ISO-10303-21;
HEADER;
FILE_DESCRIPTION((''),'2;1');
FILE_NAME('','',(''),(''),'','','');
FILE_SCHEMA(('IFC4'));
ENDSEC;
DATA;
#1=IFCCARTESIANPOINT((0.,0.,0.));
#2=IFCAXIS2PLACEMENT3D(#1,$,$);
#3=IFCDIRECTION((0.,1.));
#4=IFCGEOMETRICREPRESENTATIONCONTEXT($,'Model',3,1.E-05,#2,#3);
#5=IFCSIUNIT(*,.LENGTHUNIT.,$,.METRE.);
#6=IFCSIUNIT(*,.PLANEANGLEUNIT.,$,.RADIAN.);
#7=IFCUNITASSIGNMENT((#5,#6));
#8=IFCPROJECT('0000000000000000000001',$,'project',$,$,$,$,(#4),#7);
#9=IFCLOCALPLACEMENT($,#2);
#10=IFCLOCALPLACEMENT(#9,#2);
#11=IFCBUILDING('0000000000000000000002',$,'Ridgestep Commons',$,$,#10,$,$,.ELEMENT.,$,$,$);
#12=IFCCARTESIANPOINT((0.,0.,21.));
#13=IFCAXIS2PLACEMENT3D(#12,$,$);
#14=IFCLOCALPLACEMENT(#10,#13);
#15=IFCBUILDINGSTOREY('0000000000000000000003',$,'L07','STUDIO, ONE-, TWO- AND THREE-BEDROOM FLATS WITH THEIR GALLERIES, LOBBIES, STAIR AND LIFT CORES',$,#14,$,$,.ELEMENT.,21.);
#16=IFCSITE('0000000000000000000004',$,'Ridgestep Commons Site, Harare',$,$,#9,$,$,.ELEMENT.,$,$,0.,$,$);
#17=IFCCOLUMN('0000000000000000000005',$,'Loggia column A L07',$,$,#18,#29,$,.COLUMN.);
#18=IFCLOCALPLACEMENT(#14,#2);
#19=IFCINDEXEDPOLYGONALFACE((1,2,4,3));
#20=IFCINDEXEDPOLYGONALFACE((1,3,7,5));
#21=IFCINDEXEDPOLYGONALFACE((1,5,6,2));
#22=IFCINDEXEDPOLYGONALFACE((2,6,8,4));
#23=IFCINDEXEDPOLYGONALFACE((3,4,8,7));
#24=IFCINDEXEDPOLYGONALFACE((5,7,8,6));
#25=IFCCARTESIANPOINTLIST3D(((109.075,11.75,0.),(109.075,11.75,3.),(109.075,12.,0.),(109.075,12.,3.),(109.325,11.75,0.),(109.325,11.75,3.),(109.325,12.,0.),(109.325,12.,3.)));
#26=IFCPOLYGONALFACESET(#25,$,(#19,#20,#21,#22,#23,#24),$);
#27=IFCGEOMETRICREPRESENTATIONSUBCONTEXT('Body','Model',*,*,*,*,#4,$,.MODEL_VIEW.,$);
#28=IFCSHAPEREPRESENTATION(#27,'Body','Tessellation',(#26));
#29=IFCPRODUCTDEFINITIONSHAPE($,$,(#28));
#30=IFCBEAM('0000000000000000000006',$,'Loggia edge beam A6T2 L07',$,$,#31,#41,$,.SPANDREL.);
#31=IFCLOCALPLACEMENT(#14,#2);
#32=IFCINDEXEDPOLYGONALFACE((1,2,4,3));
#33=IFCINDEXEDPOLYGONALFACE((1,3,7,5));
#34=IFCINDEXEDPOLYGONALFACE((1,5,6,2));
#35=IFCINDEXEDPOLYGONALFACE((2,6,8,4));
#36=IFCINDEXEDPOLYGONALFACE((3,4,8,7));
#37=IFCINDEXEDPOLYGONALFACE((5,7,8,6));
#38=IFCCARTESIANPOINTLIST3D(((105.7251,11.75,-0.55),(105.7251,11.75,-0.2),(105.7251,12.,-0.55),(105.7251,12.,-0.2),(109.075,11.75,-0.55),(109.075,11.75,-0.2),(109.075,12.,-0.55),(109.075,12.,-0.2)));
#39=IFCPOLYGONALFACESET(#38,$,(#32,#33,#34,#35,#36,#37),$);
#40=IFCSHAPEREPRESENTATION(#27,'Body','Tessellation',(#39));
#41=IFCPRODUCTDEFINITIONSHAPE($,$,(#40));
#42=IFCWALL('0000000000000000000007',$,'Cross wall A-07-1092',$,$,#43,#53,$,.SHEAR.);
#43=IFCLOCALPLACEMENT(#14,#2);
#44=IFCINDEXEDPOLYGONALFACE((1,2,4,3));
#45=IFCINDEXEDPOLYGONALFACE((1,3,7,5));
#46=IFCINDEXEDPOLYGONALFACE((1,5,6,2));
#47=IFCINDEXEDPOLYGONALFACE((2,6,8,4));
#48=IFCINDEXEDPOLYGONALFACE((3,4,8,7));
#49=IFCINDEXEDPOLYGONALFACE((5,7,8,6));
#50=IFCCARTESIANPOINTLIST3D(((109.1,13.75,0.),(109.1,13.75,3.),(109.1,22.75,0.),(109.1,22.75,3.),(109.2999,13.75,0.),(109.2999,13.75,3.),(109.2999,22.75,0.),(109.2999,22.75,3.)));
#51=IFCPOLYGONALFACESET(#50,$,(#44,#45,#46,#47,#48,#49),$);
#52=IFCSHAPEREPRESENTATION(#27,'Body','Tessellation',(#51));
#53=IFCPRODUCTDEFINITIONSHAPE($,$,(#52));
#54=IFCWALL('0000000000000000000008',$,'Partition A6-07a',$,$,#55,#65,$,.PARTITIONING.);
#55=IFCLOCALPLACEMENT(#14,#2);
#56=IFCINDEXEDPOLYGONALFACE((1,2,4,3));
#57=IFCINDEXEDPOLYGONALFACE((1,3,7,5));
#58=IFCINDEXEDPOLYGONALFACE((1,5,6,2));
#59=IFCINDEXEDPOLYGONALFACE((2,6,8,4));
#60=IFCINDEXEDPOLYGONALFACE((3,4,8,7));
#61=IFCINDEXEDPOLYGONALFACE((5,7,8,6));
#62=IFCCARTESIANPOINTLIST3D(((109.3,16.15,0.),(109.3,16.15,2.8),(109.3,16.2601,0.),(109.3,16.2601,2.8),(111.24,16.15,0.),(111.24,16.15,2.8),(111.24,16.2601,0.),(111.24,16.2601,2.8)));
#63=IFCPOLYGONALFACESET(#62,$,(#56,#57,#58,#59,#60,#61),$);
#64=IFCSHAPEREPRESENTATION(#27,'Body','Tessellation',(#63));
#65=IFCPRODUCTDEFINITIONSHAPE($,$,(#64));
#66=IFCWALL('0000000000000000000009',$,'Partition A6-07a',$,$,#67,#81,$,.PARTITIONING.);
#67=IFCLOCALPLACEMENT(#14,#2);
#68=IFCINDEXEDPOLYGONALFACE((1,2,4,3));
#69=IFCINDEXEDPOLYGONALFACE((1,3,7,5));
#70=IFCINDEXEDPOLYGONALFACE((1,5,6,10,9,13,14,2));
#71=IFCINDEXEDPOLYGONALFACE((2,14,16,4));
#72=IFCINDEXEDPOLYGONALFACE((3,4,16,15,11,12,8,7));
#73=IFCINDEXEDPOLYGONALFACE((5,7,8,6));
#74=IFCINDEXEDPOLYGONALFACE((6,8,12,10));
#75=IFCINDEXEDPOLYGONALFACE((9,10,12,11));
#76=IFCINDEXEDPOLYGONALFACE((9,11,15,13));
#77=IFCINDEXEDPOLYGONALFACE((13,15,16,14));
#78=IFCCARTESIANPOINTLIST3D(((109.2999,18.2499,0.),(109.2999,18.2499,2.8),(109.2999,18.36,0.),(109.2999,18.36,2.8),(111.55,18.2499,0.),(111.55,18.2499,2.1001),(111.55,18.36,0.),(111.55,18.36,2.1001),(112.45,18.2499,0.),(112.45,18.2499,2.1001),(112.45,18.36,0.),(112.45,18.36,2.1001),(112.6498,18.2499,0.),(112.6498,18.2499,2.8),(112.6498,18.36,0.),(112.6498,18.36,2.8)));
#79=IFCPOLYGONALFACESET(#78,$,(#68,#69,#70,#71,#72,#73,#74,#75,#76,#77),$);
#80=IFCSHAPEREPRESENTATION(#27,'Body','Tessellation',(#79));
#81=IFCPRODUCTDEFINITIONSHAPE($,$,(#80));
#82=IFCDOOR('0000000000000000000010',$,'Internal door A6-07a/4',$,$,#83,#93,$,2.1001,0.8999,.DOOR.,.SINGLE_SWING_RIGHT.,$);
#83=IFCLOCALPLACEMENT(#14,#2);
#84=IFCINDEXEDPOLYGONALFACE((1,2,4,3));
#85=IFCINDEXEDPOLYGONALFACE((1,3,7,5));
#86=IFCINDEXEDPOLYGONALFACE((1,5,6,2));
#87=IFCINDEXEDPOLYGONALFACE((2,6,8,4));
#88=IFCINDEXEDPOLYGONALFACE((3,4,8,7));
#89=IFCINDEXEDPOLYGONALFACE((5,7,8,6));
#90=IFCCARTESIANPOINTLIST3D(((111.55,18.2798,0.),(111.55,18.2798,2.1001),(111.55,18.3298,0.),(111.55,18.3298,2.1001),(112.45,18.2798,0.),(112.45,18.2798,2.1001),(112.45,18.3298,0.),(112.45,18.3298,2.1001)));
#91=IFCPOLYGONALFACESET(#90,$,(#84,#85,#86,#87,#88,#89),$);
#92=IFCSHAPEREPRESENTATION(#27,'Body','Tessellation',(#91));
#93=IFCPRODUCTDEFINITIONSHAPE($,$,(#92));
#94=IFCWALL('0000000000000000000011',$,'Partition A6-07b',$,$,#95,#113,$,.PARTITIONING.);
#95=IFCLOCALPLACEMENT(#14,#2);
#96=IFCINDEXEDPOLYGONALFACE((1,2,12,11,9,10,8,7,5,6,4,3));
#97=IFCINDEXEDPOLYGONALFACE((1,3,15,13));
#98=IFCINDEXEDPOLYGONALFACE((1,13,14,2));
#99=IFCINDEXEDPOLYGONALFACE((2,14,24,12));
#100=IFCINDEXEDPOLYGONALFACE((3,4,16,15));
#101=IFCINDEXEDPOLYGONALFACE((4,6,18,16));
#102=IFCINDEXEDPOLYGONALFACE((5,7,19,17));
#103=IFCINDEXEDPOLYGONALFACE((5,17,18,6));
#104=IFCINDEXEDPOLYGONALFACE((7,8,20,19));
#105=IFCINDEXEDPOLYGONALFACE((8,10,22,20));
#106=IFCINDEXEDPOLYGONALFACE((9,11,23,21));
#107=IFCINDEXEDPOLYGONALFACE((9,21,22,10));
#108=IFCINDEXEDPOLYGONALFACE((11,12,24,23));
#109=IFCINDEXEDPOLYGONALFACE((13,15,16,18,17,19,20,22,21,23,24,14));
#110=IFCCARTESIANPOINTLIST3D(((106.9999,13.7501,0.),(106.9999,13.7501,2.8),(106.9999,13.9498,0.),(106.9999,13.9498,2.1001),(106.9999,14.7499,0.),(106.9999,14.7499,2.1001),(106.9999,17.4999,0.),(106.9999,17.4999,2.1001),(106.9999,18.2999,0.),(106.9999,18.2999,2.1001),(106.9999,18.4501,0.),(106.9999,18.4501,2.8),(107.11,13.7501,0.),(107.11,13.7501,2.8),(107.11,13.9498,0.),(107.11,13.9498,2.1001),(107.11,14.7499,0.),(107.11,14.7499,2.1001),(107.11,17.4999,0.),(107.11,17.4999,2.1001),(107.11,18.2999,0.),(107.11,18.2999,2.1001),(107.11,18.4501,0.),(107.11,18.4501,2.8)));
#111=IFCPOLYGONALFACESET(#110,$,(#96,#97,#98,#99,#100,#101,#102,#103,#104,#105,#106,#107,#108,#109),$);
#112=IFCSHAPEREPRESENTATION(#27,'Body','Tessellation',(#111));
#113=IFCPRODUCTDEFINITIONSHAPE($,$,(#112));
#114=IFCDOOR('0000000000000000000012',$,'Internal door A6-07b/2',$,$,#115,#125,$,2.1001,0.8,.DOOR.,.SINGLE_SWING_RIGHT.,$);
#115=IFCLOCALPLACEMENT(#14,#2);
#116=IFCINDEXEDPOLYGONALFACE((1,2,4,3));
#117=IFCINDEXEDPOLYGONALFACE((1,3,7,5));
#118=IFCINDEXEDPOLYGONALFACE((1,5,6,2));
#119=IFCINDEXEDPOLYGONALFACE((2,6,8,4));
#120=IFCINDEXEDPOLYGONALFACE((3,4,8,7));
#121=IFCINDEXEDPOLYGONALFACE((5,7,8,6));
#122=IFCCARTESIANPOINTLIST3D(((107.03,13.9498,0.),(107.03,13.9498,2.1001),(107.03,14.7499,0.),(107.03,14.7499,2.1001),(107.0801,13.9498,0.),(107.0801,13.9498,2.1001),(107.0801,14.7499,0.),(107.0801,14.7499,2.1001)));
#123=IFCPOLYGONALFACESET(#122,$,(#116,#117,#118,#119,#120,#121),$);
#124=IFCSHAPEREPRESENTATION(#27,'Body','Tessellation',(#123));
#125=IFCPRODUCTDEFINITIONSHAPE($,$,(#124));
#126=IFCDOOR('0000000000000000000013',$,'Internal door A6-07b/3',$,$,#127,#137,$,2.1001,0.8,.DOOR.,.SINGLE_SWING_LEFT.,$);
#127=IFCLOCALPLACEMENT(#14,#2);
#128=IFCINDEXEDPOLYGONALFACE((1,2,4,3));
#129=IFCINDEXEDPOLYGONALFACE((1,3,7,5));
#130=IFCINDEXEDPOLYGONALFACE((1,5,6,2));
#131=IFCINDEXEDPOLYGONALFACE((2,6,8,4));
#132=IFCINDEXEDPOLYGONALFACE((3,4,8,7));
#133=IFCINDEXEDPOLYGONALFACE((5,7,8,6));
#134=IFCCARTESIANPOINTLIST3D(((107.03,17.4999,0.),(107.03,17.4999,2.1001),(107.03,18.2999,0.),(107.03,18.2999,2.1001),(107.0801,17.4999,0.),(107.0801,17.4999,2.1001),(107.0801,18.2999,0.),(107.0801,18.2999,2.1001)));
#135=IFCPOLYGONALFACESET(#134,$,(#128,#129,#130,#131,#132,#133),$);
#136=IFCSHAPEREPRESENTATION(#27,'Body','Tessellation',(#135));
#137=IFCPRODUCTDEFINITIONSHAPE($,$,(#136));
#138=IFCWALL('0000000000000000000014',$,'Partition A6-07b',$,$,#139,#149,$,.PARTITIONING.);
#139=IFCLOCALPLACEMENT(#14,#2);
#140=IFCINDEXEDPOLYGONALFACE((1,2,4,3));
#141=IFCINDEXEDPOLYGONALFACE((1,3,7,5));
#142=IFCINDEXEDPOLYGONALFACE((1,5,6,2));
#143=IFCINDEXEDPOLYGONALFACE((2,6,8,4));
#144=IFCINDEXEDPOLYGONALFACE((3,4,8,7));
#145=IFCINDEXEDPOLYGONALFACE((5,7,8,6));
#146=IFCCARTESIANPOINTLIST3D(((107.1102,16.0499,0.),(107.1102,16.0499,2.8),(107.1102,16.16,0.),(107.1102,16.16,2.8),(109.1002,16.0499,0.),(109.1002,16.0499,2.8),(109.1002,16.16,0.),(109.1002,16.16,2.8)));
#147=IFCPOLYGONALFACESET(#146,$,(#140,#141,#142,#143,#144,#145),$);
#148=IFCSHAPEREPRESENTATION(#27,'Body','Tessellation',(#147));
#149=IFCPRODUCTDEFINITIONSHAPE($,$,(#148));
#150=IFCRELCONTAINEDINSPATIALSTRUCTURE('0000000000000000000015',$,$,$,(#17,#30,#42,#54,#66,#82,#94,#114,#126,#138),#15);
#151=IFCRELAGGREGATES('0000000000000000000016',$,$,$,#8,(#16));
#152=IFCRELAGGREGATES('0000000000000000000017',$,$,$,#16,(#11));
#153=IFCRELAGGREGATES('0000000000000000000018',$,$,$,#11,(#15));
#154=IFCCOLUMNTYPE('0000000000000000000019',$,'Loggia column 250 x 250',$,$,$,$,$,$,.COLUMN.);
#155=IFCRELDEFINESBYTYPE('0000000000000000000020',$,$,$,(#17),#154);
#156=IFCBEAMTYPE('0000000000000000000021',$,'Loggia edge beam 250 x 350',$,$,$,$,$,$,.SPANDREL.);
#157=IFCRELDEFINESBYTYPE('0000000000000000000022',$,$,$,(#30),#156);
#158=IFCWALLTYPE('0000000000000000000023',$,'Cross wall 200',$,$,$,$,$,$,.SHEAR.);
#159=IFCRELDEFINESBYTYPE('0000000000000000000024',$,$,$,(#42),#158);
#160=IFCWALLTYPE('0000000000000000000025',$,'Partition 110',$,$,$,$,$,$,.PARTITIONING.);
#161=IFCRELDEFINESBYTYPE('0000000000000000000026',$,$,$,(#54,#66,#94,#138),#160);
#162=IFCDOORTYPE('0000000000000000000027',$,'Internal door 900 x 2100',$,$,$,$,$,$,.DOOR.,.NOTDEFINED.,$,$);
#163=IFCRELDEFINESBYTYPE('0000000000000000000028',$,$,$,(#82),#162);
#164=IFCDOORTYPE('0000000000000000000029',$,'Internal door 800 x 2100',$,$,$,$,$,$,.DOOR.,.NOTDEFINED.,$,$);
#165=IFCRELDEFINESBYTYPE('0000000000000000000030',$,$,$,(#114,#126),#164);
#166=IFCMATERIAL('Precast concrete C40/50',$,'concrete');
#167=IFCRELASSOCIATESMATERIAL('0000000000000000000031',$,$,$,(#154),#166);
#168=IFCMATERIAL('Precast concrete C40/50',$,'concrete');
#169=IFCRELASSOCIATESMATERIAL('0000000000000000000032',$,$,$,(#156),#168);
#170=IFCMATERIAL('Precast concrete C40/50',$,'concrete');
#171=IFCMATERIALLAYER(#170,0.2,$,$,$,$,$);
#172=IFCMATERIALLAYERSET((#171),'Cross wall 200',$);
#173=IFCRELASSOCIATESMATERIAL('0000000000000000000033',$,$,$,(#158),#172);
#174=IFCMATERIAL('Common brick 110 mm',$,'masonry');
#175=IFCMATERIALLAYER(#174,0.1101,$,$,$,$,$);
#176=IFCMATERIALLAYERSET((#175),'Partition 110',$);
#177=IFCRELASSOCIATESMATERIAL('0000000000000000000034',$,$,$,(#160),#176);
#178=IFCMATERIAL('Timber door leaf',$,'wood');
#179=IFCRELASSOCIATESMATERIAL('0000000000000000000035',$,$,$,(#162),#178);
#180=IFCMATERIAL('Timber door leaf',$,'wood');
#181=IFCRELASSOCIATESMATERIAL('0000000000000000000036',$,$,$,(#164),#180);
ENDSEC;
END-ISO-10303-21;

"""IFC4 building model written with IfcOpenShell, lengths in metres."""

from ifc_helpers import new_model, si_unit, direction, frame, frame_2d, origin, origin_2d, place, context, subcontext, project, spatial, rectangle, extrude, material, layer, layer_set, material_profile, profile_set, type_object, element, fill, save


model = new_model("IFC4")

# Units and contexts
model_context = context("Model", 3, precision=1e-05, world=origin(), true_north=direction((0.0, 1.0)))
body_context = subcontext(model_context, "Body", "Model", "MODEL_VIEW")
ifc_project = project(units=[si_unit("LENGTHUNIT", "METRE"), si_unit("PLANEANGLEUNIT", "RADIAN")], contexts=[model_context])

# Site, building, storey
site_placement = place(None, origin())
site = spatial("IfcSite", under=ifc_project, at=site_placement, Name="Ridgestep Commons Site, Harare", CompositionType="ELEMENT", RefElevation=0.0)
building_placement = place(site_placement, origin())
building = spatial("IfcBuilding", under=site, at=building_placement, Name="Ridgestep Commons", CompositionType="ELEMENT")
storey_placement = place(building_placement, frame((0.0, 0.0, 21.0)))
storey = spatial("IfcBuildingStorey", under=building, at=storey_placement, Name="L07", Description="STUDIO, ONE-, TWO- AND THREE-BEDROOM FLATS WITH THEIR GALLERIES, LOBBIES, STAIR AND LIFT CORES", CompositionType="ELEMENT", Elevation=21.0)

# Column
ifc_material_1 = material(Name="Precast concrete C40/50", Category="concrete")
ifc_material_profile_1 = material_profile(ifc_material_1, rectangle(XDim=0.25, YDim=0.25, at=origin_2d()), Name="PC 250x250")
ifc_profile_set_1 = profile_set([ifc_material_profile_1], Name="Precast concrete C40/50")
column_type = type_object("IfcColumnType", Name="Loggia column 250 x 250", PredefinedType="COLUMN", material=ifc_profile_set_1)
column_placement = place(storey_placement, frame((109.2, 11.875, 0.0), z_axis=(0.0, 0.0, 1.0), x_axis=(1.0, 0.0, 0.0)))
element("IfcColumn", 1, at=column_placement, inside=storey, type_object=column_type, Name="Loggia column A L07", PredefinedType="COLUMN", context=body_context, shape_type="SweptSolid", body=[
    extrude(rectangle(XDim=0.25, YDim=0.25, at=origin_2d()), origin(), (0.0, 0.0, 1.0), 3.0),
])

# Beam
ifc_material_2 = material(Name="Precast concrete C40/50", Category="concrete")
ifc_material_profile_2 = material_profile(ifc_material_2, rectangle(XDim=0.25, YDim=0.3501, at=origin_2d()), Name="PC 250x350")
ifc_profile_set_2 = profile_set([ifc_material_profile_2], Name="Precast concrete C40/50")
beam_type = type_object("IfcBeamType", Name="Loggia edge beam 250 x 350", PredefinedType="SPANDREL", material=ifc_profile_set_2)
beam_placement = place(storey_placement, frame((105.7251, 11.875, -0.375), z_axis=(1.0, 0.0, 0.0), x_axis=(0.0, 1.0, 0.0)))
element("IfcBeam", 2, at=beam_placement, inside=storey, type_object=beam_type, Name="Loggia edge beam A6T2 L07", PredefinedType="SPANDREL", context=body_context, shape_type="SweptSolid", body=[
    extrude(rectangle(XDim=0.25, YDim=0.3501, at=origin_2d()), origin(), (0.0, 0.0, 1.0), 3.3499),
])

# Walls
ifc_material_3 = material(Name="Precast concrete C40/50", Category="concrete")
ifc_layer_1 = layer(ifc_material_3, 0.2)
ifc_layer_set_1 = layer_set([ifc_layer_1], Name="Cross wall 200")
wall_type_1 = type_object("IfcWallType", Name="Cross wall 200", PredefinedType="SHEAR", material=ifc_layer_set_1)
wall_1_placement = place(storey_placement, frame((109.2, 13.75, 0.0), z_axis=(0.0, 0.0, 1.0), x_axis=(0.0, 1.0, 0.0)))
element("IfcWall", 3, at=wall_1_placement, inside=storey, type_object=wall_type_1, Name="Cross wall A-07-1092", PredefinedType="SHEAR", context=body_context, shape_type="SweptSolid", body=[
    extrude(rectangle(XDim=9.0, YDim=0.2, at=frame_2d((4.5, 0.0))), origin(), (0.0, 0.0, 1.0), 3.0),
])
ifc_material_4 = material(Name="Common brick 110 mm", Category="masonry")
ifc_layer_2 = layer(ifc_material_4, 0.1101)
ifc_layer_set_2 = layer_set([ifc_layer_2], Name="Partition 110")
wall_type_2 = type_object("IfcWallType", Name="Partition 110", PredefinedType="PARTITIONING", material=ifc_layer_set_2)
wall_2_placement = place(storey_placement, frame((109.3, 16.2051, 0.0), z_axis=(0.0, 0.0, 1.0), x_axis=(1.0, 0.0, 0.0)))
element("IfcWall", 4, at=wall_2_placement, inside=storey, type_object=wall_type_2, Name="Partition A6-07a", PredefinedType="PARTITIONING", context=body_context, shape_type="SweptSolid", body=[
    extrude(rectangle(XDim=1.9399, YDim=0.1101, at=frame_2d((0.97, 0.0))), origin(), (0.0, 0.0, 1.0), 2.8),
])

# Wall, opening, door
wall_3_placement = place(storey_placement, frame((109.3, 18.3049, 0.0), z_axis=(0.0, 0.0, 1.0), x_axis=(1.0, 0.0, 0.0)))
wall_3 = element("IfcWall", 5, at=wall_3_placement, inside=storey, type_object=wall_type_2, Name="Partition A6-07a", PredefinedType="PARTITIONING", context=body_context, shape_type="SweptSolid", body=[
    extrude(rectangle(XDim=3.3499, YDim=0.1101, at=frame_2d((1.6748, 0.0))), origin(), (0.0, 0.0, 1.0), 2.8),
])
opening_1_placement = place(wall_3_placement, frame((2.25, 0.0, 0.0)))
opening_1 = element("IfcOpeningElement", 6, at=opening_1_placement, cuts=wall_3, PredefinedType="OPENING", context=body_context, shape_type="SweptSolid", body=[
    extrude(rectangle(XDim=0.8999, YDim=2.1001, at=frame_2d((0.45, 1.05))), frame((0.0, 0.0649, 0.0), z_axis=(0.0, -1.0, 0.0), x_axis=(1.0, 0.0, 0.0)), (0.0, 0.0, 1.0), 0.1301),
])
ifc_material_5 = material(Name="Timber door leaf", Category="wood")
door_type_1 = type_object("IfcDoorType", Name="Internal door 900 x 2100", OperationType="NOTDEFINED", PredefinedType="DOOR", material=ifc_material_5)
door_1_placement = place(opening_1_placement, origin())
door_1 = element("IfcDoor", 7, at=door_1_placement, inside=storey, type_object=door_type_1, Name="Internal door A6-07a/4", OperationType="SINGLE_SWING_RIGHT", OverallHeight=2.1001, OverallWidth=0.8999, PredefinedType="DOOR", context=body_context, shape_type="SweptSolid", body=[
    extrude(rectangle(XDim=0.8999, YDim=2.1001, at=frame_2d((0.45, 1.05))), frame((0.0, 0.0249, 0.0), z_axis=(0.0, -1.0, 0.0), x_axis=(1.0, 0.0, 0.0)), (0.0, 0.0, 1.0), 0.05),
])
fill(opening_1, door_1)

# Wall, openings, doors
wall_4_placement = place(storey_placement, frame((107.0549, 13.75, 0.0), z_axis=(0.0, 0.0, 1.0), x_axis=(0.0, 1.0, 0.0)))
wall_4 = element("IfcWall", 8, at=wall_4_placement, inside=storey, type_object=wall_type_2, Name="Partition A6-07b", PredefinedType="PARTITIONING", context=body_context, shape_type="SweptSolid", body=[
    extrude(rectangle(XDim=4.7, YDim=0.1101, at=frame_2d((2.3501, 0.0))), origin(), (0.0, 0.0, 1.0), 2.8),
])
opening_2_placement = place(wall_4_placement, frame((0.2, 0.0, 0.0)))
opening_2 = element("IfcOpeningElement", 9, at=opening_2_placement, cuts=wall_4, PredefinedType="OPENING", context=body_context, shape_type="SweptSolid", body=[
    extrude(rectangle(XDim=0.8, YDim=2.1001, at=frame_2d((0.3999, 1.05))), frame((0.0, 0.0649, 0.0), z_axis=(0.0, -1.0, 0.0), x_axis=(1.0, 0.0, 0.0)), (0.0, 0.0, 1.0), 0.1301),
])
opening_3_placement = place(wall_4_placement, frame((3.75, 0.0, 0.0)))
opening_3 = element("IfcOpeningElement", 10, at=opening_3_placement, cuts=wall_4, PredefinedType="OPENING", context=body_context, shape_type="SweptSolid", body=[
    extrude(rectangle(XDim=0.8, YDim=2.1001, at=frame_2d((0.3999, 1.05))), frame((0.0, 0.0649, 0.0), z_axis=(0.0, -1.0, 0.0), x_axis=(1.0, 0.0, 0.0)), (0.0, 0.0, 1.0), 0.1301),
])
ifc_material_6 = material(Name="Timber door leaf", Category="wood")
door_type_2 = type_object("IfcDoorType", Name="Internal door 800 x 2100", OperationType="NOTDEFINED", PredefinedType="DOOR", material=ifc_material_6)
door_2_placement = place(opening_2_placement, origin())
door_2 = element("IfcDoor", 11, at=door_2_placement, inside=storey, type_object=door_type_2, Name="Internal door A6-07b/2", OperationType="SINGLE_SWING_RIGHT", OverallHeight=2.1001, OverallWidth=0.8, PredefinedType="DOOR", context=body_context, shape_type="SweptSolid", body=[
    extrude(rectangle(XDim=0.8, YDim=2.1001, at=frame_2d((0.3999, 1.05))), frame((0.0, 0.0249, 0.0), z_axis=(0.0, -1.0, 0.0), x_axis=(1.0, 0.0, 0.0)), (0.0, 0.0, 1.0), 0.05),
])
fill(opening_2, door_2)
door_3_placement = place(opening_3_placement, origin())
door_3 = element("IfcDoor", 12, at=door_3_placement, inside=storey, type_object=door_type_2, Name="Internal door A6-07b/3", OperationType="SINGLE_SWING_LEFT", OverallHeight=2.1001, OverallWidth=0.8, PredefinedType="DOOR", context=body_context, shape_type="SweptSolid", body=[
    extrude(rectangle(XDim=0.8, YDim=2.1001, at=frame_2d((0.3999, 1.05))), frame((0.0, 0.0249, 0.0), z_axis=(0.0, -1.0, 0.0), x_axis=(1.0, 0.0, 0.0)), (0.0, 0.0, 1.0), 0.05),
])
fill(opening_3, door_3)

# Wall
wall_5_placement = place(storey_placement, frame((107.1101, 16.105, 0.0), z_axis=(0.0, 0.0, 1.0), x_axis=(1.0, 0.0, 0.0)))
element("IfcWall", 13, at=wall_5_placement, inside=storey, type_object=wall_type_2, Name="Partition A6-07b", PredefinedType="PARTITIONING", context=body_context, shape_type="SweptSolid", body=[
    extrude(rectangle(XDim=1.99, YDim=0.1101, at=frame_2d((0.9951, 0.0))), origin(), (0.0, 0.0, 1.0), 2.8),
])

save(model, "model.ifc")
